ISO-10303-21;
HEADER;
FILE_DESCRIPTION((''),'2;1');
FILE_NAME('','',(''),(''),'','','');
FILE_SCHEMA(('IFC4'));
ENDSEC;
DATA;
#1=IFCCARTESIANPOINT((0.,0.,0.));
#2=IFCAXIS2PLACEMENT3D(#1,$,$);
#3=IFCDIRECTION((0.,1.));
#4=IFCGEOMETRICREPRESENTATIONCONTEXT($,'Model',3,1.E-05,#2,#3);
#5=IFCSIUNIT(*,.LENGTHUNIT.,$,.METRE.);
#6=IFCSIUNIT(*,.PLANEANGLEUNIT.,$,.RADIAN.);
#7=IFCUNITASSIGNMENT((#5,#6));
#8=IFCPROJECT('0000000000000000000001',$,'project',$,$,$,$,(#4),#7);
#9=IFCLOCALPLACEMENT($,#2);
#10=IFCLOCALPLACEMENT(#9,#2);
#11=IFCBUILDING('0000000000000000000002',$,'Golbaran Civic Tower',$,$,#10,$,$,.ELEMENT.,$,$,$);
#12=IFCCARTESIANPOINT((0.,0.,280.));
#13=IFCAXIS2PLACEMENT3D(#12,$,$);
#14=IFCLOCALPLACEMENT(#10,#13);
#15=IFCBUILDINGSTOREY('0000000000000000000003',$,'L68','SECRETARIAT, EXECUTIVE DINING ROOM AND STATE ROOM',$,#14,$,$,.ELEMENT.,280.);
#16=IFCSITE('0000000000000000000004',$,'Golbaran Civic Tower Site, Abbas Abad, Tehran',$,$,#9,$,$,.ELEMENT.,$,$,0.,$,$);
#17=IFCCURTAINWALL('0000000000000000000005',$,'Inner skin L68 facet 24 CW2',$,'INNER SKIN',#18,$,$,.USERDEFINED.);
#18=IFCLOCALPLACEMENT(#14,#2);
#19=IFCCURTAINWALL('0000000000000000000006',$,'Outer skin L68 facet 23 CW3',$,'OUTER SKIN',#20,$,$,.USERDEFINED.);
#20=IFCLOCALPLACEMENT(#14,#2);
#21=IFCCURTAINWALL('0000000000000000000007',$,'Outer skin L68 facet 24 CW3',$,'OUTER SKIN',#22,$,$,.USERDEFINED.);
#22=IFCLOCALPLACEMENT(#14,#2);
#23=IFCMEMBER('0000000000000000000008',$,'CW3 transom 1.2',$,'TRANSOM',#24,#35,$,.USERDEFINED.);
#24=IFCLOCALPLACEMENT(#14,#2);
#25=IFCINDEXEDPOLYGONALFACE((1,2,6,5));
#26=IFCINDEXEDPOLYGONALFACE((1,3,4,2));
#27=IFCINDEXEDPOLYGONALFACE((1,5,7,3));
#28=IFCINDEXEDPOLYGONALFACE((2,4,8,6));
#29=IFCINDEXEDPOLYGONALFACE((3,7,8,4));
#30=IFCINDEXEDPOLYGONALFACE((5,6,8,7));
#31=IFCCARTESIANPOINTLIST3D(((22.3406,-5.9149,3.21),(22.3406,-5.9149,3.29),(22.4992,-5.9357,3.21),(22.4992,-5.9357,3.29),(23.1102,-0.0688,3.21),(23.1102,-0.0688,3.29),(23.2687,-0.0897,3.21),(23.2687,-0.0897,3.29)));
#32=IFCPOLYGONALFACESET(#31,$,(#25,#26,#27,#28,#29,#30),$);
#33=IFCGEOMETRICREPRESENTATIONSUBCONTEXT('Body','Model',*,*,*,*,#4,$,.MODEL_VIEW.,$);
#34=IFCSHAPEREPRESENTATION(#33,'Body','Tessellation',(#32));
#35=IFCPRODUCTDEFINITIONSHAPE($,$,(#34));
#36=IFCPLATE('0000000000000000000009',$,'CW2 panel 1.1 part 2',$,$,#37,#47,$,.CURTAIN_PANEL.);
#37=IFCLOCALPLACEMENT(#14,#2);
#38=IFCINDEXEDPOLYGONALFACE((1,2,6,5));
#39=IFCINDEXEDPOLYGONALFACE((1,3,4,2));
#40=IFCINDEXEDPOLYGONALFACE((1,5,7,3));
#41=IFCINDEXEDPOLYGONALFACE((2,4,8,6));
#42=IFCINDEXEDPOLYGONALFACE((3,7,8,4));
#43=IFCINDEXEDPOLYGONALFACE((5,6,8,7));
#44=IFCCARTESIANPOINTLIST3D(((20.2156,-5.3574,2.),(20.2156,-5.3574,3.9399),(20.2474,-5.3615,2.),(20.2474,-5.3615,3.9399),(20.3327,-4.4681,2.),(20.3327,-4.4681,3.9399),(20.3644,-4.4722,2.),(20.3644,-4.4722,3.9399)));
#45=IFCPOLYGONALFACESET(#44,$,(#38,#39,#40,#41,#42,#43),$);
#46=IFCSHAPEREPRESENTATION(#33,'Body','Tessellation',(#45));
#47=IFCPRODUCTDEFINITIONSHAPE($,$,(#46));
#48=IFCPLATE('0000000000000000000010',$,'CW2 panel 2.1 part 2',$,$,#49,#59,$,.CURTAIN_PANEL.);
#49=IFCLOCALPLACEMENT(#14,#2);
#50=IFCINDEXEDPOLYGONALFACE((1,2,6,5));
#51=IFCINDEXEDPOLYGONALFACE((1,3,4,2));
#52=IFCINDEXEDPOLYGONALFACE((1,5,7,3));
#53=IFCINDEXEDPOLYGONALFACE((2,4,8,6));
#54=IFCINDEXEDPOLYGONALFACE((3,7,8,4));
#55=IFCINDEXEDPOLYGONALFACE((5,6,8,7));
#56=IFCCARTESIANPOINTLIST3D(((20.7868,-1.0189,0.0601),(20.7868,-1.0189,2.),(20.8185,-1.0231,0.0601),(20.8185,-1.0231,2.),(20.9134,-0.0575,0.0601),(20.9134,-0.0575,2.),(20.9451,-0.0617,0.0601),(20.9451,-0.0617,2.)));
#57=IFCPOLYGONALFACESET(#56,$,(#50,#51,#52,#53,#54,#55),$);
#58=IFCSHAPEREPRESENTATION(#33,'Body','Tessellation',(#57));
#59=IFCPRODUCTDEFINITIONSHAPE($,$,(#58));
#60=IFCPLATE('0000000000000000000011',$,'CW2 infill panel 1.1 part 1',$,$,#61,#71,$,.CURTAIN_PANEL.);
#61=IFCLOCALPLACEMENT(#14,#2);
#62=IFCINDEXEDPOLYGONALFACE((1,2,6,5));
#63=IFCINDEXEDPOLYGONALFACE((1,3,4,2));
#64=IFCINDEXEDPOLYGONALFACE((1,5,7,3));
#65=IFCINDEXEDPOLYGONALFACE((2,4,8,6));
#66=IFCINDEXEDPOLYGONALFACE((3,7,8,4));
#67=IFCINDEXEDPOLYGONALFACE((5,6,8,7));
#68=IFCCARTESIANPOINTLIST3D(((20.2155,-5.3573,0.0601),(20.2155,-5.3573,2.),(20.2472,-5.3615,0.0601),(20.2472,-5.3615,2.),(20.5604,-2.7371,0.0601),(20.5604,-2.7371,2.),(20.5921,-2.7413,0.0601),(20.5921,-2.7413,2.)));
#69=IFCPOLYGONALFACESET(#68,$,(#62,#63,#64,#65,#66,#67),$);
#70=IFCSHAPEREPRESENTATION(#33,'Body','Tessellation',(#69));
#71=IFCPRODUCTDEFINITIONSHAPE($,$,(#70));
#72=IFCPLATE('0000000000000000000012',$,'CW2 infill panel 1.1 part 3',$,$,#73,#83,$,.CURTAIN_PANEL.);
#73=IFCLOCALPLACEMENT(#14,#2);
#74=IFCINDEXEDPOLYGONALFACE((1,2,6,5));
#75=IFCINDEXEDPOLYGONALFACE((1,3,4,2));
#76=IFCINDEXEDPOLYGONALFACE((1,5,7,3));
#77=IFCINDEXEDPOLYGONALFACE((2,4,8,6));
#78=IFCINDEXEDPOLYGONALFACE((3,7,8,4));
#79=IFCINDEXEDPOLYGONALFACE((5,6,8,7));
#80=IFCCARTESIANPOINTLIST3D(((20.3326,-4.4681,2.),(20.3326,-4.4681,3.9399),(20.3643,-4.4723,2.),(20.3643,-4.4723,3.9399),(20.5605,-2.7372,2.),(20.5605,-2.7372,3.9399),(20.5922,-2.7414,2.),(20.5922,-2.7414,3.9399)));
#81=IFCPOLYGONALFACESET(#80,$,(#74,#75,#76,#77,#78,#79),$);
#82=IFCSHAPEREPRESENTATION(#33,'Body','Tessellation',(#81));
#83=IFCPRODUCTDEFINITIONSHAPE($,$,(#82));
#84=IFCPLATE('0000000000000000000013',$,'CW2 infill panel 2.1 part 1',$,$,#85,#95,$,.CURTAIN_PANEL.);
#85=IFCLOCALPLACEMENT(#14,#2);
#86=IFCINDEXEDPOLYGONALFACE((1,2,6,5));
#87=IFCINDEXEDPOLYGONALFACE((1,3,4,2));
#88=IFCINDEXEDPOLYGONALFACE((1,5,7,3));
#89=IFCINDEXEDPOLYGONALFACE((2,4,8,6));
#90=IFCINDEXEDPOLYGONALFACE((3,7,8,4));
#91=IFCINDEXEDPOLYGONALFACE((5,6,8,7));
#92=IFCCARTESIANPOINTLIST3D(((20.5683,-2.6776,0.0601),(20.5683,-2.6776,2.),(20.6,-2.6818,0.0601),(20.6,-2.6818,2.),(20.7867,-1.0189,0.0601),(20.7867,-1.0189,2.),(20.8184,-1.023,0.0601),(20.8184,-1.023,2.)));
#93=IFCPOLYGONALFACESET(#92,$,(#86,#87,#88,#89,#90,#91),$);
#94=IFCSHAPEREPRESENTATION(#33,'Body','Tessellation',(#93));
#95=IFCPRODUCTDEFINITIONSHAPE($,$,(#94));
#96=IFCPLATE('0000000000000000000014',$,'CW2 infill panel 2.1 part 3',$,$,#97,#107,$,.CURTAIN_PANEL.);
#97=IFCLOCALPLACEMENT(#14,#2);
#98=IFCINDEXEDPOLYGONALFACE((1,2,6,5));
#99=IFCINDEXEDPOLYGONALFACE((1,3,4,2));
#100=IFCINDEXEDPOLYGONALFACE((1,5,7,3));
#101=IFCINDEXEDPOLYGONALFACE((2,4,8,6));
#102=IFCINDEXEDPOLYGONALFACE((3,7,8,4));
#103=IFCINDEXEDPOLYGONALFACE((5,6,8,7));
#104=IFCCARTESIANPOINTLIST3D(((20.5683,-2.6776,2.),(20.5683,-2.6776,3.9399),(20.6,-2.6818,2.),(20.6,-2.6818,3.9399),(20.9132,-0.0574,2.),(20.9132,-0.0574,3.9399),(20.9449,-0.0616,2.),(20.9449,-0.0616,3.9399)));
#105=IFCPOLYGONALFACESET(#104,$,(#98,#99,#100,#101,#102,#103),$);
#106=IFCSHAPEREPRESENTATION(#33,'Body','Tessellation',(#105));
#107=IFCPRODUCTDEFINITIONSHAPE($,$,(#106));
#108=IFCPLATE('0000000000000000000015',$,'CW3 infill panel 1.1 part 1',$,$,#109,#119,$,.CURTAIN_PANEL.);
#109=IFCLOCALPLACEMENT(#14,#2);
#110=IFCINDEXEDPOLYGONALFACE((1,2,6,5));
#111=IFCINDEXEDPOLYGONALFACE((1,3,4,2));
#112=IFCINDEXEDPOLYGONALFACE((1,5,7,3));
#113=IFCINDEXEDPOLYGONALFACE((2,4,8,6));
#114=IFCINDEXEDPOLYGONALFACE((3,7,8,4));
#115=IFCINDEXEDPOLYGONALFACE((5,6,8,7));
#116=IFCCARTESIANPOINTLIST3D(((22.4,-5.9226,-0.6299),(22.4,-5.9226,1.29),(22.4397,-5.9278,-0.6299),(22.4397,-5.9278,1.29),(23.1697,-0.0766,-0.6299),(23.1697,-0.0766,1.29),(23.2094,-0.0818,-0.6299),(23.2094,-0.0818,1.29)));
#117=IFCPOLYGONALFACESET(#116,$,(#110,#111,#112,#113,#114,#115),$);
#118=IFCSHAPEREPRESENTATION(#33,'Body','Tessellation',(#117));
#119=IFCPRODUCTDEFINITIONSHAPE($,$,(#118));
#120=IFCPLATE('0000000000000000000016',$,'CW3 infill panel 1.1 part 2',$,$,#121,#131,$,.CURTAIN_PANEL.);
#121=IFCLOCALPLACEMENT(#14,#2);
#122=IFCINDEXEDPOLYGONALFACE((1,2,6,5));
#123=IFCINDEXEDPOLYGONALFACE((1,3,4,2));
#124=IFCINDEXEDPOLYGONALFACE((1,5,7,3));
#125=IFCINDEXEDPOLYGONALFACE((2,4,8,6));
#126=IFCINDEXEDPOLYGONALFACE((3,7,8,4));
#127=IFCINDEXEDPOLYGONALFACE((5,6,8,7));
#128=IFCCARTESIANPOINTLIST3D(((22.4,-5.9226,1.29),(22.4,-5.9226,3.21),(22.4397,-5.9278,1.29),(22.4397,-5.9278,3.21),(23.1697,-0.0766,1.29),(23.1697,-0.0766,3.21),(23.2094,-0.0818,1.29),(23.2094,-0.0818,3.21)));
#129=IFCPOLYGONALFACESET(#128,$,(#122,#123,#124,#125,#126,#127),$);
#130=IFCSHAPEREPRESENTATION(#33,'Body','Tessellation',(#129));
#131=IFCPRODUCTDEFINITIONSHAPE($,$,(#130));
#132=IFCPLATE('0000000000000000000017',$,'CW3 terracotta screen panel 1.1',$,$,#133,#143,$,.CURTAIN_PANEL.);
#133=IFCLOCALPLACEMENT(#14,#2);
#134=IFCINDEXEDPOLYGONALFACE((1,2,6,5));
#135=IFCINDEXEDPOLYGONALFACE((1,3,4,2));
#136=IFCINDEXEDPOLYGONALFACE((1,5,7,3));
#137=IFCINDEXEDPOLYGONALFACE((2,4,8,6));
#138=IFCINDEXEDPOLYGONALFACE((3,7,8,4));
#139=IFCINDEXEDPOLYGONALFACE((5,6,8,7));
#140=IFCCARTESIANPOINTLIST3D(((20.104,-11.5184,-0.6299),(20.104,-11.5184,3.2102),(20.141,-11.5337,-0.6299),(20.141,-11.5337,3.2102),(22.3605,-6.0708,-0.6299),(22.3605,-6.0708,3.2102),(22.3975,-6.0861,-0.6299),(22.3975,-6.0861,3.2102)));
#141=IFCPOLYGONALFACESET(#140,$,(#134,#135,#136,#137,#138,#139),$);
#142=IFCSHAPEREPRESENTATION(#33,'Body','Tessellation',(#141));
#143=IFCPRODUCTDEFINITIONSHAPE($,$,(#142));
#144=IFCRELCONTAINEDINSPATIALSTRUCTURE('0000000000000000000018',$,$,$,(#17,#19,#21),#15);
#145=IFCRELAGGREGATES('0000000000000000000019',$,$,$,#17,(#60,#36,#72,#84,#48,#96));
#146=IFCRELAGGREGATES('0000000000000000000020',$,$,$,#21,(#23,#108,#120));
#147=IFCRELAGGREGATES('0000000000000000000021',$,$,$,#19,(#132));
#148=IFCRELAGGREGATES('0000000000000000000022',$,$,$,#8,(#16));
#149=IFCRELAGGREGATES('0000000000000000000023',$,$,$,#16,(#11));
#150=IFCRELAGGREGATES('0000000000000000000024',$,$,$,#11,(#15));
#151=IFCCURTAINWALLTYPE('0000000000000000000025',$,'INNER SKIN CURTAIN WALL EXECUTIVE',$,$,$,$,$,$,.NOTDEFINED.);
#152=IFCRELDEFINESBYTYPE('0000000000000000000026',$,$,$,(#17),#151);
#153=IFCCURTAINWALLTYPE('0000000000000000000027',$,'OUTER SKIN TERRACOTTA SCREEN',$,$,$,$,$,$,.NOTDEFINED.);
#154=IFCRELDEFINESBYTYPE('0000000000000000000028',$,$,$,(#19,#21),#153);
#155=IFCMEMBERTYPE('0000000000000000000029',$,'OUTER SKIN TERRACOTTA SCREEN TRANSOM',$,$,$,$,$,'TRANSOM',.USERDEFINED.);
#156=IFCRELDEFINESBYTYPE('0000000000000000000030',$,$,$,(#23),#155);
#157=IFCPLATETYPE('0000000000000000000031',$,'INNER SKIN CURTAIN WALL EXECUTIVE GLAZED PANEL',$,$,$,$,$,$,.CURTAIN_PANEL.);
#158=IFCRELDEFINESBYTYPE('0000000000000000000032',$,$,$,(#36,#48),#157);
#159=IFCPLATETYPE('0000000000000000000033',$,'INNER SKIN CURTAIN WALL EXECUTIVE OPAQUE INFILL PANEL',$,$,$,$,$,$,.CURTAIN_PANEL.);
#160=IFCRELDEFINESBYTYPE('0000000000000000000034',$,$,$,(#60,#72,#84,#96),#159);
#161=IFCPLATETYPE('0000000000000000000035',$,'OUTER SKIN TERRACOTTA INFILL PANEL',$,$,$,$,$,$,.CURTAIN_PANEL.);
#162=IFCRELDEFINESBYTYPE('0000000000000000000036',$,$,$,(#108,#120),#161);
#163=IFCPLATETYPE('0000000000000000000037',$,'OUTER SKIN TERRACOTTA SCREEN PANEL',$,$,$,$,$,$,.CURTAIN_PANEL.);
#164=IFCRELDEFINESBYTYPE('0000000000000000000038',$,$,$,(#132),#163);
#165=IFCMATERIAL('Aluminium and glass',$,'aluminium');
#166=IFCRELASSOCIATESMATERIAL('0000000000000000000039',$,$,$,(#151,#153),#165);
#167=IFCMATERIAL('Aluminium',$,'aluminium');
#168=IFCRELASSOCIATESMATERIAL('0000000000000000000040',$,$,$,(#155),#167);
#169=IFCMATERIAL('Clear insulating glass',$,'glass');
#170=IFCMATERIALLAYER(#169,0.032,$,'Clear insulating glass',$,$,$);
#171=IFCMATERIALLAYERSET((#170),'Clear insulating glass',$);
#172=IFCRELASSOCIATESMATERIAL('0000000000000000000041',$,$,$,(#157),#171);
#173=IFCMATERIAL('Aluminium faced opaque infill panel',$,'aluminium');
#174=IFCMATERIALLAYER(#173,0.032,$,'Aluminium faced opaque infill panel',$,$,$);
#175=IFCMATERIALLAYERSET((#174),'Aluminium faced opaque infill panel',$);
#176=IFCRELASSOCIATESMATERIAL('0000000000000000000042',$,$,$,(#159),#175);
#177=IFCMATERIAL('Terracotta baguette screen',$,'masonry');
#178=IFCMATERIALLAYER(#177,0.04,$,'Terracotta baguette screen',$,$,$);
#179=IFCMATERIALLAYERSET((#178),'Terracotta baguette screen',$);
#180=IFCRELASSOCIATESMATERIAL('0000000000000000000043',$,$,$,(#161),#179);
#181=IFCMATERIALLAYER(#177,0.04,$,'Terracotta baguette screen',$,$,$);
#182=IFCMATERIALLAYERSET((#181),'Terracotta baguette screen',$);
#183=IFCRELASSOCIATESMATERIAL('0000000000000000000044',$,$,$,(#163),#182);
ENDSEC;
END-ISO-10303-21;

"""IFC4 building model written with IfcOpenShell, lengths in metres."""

from ifc_helpers import new_model, si_unit, direction, frame, origin, origin_2d, place, context, subcontext, project, spatial, rectangle, extrude, material, layer, layer_set, material_profile, profile_set, type_object, element, aggregate, save


model = new_model("IFC4")

# Units and contexts
model_context = context("Model", 3, precision=1e-05, world=origin(), true_north=direction((0.0, 1.0)))
body_context = subcontext(model_context, "Body", "Model", "MODEL_VIEW")
ifc_project = project(units=[si_unit("LENGTHUNIT", "METRE"), si_unit("PLANEANGLEUNIT", "RADIAN")], contexts=[model_context])

# Site, building, storey
site_placement = place(None, origin())
site = spatial("IfcSite", under=ifc_project, at=site_placement, Name="Golbaran Civic Tower Site, Abbas Abad, Tehran", CompositionType="ELEMENT", RefElevation=0.0)
building_placement = place(site_placement, origin())
building = spatial("IfcBuilding", under=site, at=building_placement, Name="Golbaran Civic Tower", CompositionType="ELEMENT")
storey_placement = place(building_placement, frame((0.0, 0.0, 280.0)))
storey = spatial("IfcBuildingStorey", under=building, at=storey_placement, Name="L68", Description="SECRETARIAT, EXECUTIVE DINING ROOM AND STATE ROOM", CompositionType="ELEMENT", Elevation=280.0)

# Curtain wall
ifc_material_1 = material(Name="Aluminium and glass", Category="aluminium")
curtain_wall_type_1 = type_object("IfcCurtainWallType", Name="INNER SKIN CURTAIN WALL EXECUTIVE", PredefinedType="NOTDEFINED", material=ifc_material_1)
curtain_wall_1_placement = place(storey_placement, origin())
curtain_wall_1 = element("IfcCurtainWall", 1, at=curtain_wall_1_placement, inside=storey, type_object=curtain_wall_type_1, Name="Inner skin L68 facet 24 CW2", ObjectType="INNER SKIN", PredefinedType="USERDEFINED")
ifc_material_2 = material(Name="Aluminium", Category="aluminium")

# Curtain wall
curtain_wall_type_2 = type_object("IfcCurtainWallType", Name="OUTER SKIN TERRACOTTA SCREEN", PredefinedType="NOTDEFINED", material=ifc_material_1)
curtain_wall_2_placement = place(storey_placement, origin())
curtain_wall_2 = element("IfcCurtainWall", 2, at=curtain_wall_2_placement, inside=storey, type_object=curtain_wall_type_2, Name="Outer skin L68 facet 23 CW3", ObjectType="OUTER SKIN", PredefinedType="USERDEFINED")

# Curtain wall, member
curtain_wall_3_placement = place(storey_placement, origin())
curtain_wall_3 = element("IfcCurtainWall", 3, at=curtain_wall_3_placement, inside=storey, type_object=curtain_wall_type_2, Name="Outer skin L68 facet 24 CW3", ObjectType="OUTER SKIN", PredefinedType="USERDEFINED")
ifc_material_profile_1 = material_profile(ifc_material_2, rectangle(XDim=0.1599, YDim=0.0801, at=origin_2d()), Name="OUTER SKIN TERRACOTTA SCREEN TRANSOM")
ifc_profile_set_1 = profile_set([ifc_material_profile_1], Name="Aluminium")
member_type_1 = type_object("IfcMemberType", Name="OUTER SKIN TERRACOTTA SCREEN TRANSOM", ElementType="TRANSOM", PredefinedType="USERDEFINED", material=ifc_profile_set_1)
member_1_placement = place(storey_placement, frame((22.4199, -5.9253, 3.25), z_axis=(0.130509, 0.991447, 0.0), x_axis=(-0.991447, 0.130509, 0.0)))
member_1 = element("IfcMember", 4, at=member_1_placement, type_object=member_type_1, Name="CW3 transom 1.2", ObjectType="TRANSOM", PredefinedType="USERDEFINED", context=body_context, shape_type="SweptSolid", body=[
    extrude(rectangle(XDim=0.1599, YDim=0.0801, at=origin_2d()), origin(), (0.0, 0.0, 1.0), 5.8965),
])

# Plates
ifc_material_3 = material(Name="Clear insulating glass", Category="glass")
ifc_layer_1 = layer(ifc_material_3, 0.032, Name="Clear insulating glass")
ifc_layer_set_1 = layer_set([ifc_layer_1], Name="Clear insulating glass")
plate_type_1 = type_object("IfcPlateType", Name="INNER SKIN CURTAIN WALL EXECUTIVE GLAZED PANEL", PredefinedType="CURTAIN_PANEL", material=ifc_layer_set_1)
plate_1_placement = place(storey_placement, frame((20.29, -4.9148, 2.0), z_axis=(0.0, 0.0, 1.0), x_axis=(0.130526, 0.991445, 0.0)))
plate_1 = element("IfcPlate", 5, at=plate_1_placement, type_object=plate_type_1, Name="CW2 panel 1.1 part 2", PredefinedType="CURTAIN_PANEL", context=body_context, shape_type="SweptSolid", body=[
    extrude(rectangle(XDim=0.897, YDim=0.032, at=origin_2d()), origin(), (0.0, 0.0, 1.0), 1.9399),
])
plate_2_placement = place(storey_placement, frame((20.866, -0.5403, 0.0601), z_axis=(0.0, 0.0, 1.0), x_axis=(0.130526, 0.991445, 0.0)))
plate_2 = element("IfcPlate", 6, at=plate_2_placement, type_object=plate_type_1, Name="CW2 panel 2.1 part 2", PredefinedType="CURTAIN_PANEL", context=body_context, shape_type="SweptSolid", body=[
    extrude(rectangle(XDim=0.9697, YDim=0.032, at=origin_2d()), origin(), (0.0, 0.0, 1.0), 1.9399),
])
ifc_material_4 = material(Name="Aluminium faced opaque infill panel", Category="aluminium")
ifc_layer_2 = layer(ifc_material_4, 0.032, Name="Aluminium faced opaque infill panel")
ifc_layer_set_2 = layer_set([ifc_layer_2], Name="Aluminium faced opaque infill panel")
plate_type_2 = type_object("IfcPlateType", Name="INNER SKIN CURTAIN WALL EXECUTIVE OPAQUE INFILL PANEL", PredefinedType="CURTAIN_PANEL", material=ifc_layer_set_2)
plate_3_placement = place(storey_placement, frame((20.4038, -4.0493, 0.0601), z_axis=(0.0, 0.0, 1.0), x_axis=(0.130526, 0.991445, 0.0)))
plate_3 = element("IfcPlate", 7, at=plate_3_placement, type_object=plate_type_2, Name="CW2 infill panel 1.1 part 1", PredefinedType="CURTAIN_PANEL", context=body_context, shape_type="SweptSolid", body=[
    extrude(rectangle(XDim=2.6428, YDim=0.032, at=origin_2d()), origin(), (0.0, 0.0, 1.0), 1.9399),
])
plate_4_placement = place(storey_placement, frame((20.4624, -3.6047, 2.0), z_axis=(0.0, 0.0, 1.0), x_axis=(0.130526, 0.991445, 0.0)))
plate_4 = element("IfcPlate", 8, at=plate_4_placement, type_object=plate_type_2, Name="CW2 infill panel 1.1 part 3", PredefinedType="CURTAIN_PANEL", context=body_context, shape_type="SweptSolid", body=[
    extrude(rectangle(XDim=1.7458, YDim=0.032, at=origin_2d()), origin(), (0.0, 0.0, 1.0), 1.9399),
])
plate_5_placement = place(storey_placement, frame((20.6934, -1.8503, 0.0601), z_axis=(0.0, 0.0, 1.0), x_axis=(0.130526, 0.991445, 0.0)))
plate_5 = element("IfcPlate", 9, at=plate_5_placement, type_object=plate_type_2, Name="CW2 infill panel 2.1 part 1", PredefinedType="CURTAIN_PANEL", context=body_context, shape_type="SweptSolid", body=[
    extrude(rectangle(XDim=1.6731, YDim=0.032, at=origin_2d()), origin(), (0.0, 0.0, 1.0), 1.9399),
])
plate_6_placement = place(storey_placement, frame((20.7566, -1.3696, 2.0), z_axis=(0.0, 0.0, 1.0), x_axis=(0.130526, 0.991445, 0.0)))
plate_6 = element("IfcPlate", 10, at=plate_6_placement, type_object=plate_type_2, Name="CW2 infill panel 2.1 part 3", PredefinedType="CURTAIN_PANEL", context=body_context, shape_type="SweptSolid", body=[
    extrude(rectangle(XDim=2.6428, YDim=0.032, at=origin_2d()), origin(), (0.0, 0.0, 1.0), 1.9399),
])
aggregate(curtain_wall_1, [plate_3, plate_1, plate_4, plate_5, plate_2, plate_6])
ifc_material_5 = material(Name="Terracotta baguette screen", Category="masonry")
ifc_layer_3 = layer(ifc_material_5, 0.04, Name="Terracotta baguette screen")
ifc_layer_set_3 = layer_set([ifc_layer_3], Name="Terracotta baguette screen")
plate_type_3 = type_object("IfcPlateType", Name="OUTER SKIN TERRACOTTA INFILL PANEL", PredefinedType="CURTAIN_PANEL", material=ifc_layer_set_3)
plate_7_placement = place(storey_placement, frame((22.8047, -3.0022, -0.6299), z_axis=(0.0, 0.0, 1.0), x_axis=(0.130526, 0.991445, 0.0)))
plate_7 = element("IfcPlate", 11, at=plate_7_placement, type_object=plate_type_3, Name="CW3 infill panel 1.1 part 1", PredefinedType="CURTAIN_PANEL", context=body_context, shape_type="SweptSolid", body=[
    extrude(rectangle(XDim=5.8965, YDim=0.04, at=origin_2d()), origin(), (0.0, 0.0, 1.0), 1.9199),
])
plate_8_placement = place(storey_placement, frame((22.8047, -3.0022, 1.29), z_axis=(0.0, 0.0, 1.0), x_axis=(0.130526, 0.991445, 0.0)))
plate_8 = element("IfcPlate", 12, at=plate_8_placement, type_object=plate_type_3, Name="CW3 infill panel 1.1 part 2", PredefinedType="CURTAIN_PANEL", context=body_context, shape_type="SweptSolid", body=[
    extrude(rectangle(XDim=5.8965, YDim=0.04, at=origin_2d()), origin(), (0.0, 0.0, 1.0), 1.9199),
])
aggregate(curtain_wall_3, [member_1, plate_7, plate_8])
ifc_layer_4 = layer(ifc_material_5, 0.04, Name="Terracotta baguette screen")
ifc_layer_set_4 = layer_set([ifc_layer_4], Name="Terracotta baguette screen")
plate_type_4 = type_object("IfcPlateType", Name="OUTER SKIN TERRACOTTA SCREEN PANEL", PredefinedType="CURTAIN_PANEL", material=ifc_layer_set_4)
plate_9_placement = place(storey_placement, frame((21.2507, -8.8022, -0.6299), z_axis=(0.0, 0.0, 1.0), x_axis=(0.382683, 0.92388, 0.0)))
plate_9 = element("IfcPlate", 13, at=plate_9_placement, type_object=plate_type_4, Name="CW3 terracotta screen panel 1.1", PredefinedType="CURTAIN_PANEL", context=body_context, shape_type="SweptSolid", body=[
    extrude(rectangle(XDim=5.8965, YDim=0.04, at=origin_2d()), origin(), (0.0, 0.0, 1.0), 3.8401),
])
aggregate(curtain_wall_2, [plate_9])

save(model, "model.ifc")
